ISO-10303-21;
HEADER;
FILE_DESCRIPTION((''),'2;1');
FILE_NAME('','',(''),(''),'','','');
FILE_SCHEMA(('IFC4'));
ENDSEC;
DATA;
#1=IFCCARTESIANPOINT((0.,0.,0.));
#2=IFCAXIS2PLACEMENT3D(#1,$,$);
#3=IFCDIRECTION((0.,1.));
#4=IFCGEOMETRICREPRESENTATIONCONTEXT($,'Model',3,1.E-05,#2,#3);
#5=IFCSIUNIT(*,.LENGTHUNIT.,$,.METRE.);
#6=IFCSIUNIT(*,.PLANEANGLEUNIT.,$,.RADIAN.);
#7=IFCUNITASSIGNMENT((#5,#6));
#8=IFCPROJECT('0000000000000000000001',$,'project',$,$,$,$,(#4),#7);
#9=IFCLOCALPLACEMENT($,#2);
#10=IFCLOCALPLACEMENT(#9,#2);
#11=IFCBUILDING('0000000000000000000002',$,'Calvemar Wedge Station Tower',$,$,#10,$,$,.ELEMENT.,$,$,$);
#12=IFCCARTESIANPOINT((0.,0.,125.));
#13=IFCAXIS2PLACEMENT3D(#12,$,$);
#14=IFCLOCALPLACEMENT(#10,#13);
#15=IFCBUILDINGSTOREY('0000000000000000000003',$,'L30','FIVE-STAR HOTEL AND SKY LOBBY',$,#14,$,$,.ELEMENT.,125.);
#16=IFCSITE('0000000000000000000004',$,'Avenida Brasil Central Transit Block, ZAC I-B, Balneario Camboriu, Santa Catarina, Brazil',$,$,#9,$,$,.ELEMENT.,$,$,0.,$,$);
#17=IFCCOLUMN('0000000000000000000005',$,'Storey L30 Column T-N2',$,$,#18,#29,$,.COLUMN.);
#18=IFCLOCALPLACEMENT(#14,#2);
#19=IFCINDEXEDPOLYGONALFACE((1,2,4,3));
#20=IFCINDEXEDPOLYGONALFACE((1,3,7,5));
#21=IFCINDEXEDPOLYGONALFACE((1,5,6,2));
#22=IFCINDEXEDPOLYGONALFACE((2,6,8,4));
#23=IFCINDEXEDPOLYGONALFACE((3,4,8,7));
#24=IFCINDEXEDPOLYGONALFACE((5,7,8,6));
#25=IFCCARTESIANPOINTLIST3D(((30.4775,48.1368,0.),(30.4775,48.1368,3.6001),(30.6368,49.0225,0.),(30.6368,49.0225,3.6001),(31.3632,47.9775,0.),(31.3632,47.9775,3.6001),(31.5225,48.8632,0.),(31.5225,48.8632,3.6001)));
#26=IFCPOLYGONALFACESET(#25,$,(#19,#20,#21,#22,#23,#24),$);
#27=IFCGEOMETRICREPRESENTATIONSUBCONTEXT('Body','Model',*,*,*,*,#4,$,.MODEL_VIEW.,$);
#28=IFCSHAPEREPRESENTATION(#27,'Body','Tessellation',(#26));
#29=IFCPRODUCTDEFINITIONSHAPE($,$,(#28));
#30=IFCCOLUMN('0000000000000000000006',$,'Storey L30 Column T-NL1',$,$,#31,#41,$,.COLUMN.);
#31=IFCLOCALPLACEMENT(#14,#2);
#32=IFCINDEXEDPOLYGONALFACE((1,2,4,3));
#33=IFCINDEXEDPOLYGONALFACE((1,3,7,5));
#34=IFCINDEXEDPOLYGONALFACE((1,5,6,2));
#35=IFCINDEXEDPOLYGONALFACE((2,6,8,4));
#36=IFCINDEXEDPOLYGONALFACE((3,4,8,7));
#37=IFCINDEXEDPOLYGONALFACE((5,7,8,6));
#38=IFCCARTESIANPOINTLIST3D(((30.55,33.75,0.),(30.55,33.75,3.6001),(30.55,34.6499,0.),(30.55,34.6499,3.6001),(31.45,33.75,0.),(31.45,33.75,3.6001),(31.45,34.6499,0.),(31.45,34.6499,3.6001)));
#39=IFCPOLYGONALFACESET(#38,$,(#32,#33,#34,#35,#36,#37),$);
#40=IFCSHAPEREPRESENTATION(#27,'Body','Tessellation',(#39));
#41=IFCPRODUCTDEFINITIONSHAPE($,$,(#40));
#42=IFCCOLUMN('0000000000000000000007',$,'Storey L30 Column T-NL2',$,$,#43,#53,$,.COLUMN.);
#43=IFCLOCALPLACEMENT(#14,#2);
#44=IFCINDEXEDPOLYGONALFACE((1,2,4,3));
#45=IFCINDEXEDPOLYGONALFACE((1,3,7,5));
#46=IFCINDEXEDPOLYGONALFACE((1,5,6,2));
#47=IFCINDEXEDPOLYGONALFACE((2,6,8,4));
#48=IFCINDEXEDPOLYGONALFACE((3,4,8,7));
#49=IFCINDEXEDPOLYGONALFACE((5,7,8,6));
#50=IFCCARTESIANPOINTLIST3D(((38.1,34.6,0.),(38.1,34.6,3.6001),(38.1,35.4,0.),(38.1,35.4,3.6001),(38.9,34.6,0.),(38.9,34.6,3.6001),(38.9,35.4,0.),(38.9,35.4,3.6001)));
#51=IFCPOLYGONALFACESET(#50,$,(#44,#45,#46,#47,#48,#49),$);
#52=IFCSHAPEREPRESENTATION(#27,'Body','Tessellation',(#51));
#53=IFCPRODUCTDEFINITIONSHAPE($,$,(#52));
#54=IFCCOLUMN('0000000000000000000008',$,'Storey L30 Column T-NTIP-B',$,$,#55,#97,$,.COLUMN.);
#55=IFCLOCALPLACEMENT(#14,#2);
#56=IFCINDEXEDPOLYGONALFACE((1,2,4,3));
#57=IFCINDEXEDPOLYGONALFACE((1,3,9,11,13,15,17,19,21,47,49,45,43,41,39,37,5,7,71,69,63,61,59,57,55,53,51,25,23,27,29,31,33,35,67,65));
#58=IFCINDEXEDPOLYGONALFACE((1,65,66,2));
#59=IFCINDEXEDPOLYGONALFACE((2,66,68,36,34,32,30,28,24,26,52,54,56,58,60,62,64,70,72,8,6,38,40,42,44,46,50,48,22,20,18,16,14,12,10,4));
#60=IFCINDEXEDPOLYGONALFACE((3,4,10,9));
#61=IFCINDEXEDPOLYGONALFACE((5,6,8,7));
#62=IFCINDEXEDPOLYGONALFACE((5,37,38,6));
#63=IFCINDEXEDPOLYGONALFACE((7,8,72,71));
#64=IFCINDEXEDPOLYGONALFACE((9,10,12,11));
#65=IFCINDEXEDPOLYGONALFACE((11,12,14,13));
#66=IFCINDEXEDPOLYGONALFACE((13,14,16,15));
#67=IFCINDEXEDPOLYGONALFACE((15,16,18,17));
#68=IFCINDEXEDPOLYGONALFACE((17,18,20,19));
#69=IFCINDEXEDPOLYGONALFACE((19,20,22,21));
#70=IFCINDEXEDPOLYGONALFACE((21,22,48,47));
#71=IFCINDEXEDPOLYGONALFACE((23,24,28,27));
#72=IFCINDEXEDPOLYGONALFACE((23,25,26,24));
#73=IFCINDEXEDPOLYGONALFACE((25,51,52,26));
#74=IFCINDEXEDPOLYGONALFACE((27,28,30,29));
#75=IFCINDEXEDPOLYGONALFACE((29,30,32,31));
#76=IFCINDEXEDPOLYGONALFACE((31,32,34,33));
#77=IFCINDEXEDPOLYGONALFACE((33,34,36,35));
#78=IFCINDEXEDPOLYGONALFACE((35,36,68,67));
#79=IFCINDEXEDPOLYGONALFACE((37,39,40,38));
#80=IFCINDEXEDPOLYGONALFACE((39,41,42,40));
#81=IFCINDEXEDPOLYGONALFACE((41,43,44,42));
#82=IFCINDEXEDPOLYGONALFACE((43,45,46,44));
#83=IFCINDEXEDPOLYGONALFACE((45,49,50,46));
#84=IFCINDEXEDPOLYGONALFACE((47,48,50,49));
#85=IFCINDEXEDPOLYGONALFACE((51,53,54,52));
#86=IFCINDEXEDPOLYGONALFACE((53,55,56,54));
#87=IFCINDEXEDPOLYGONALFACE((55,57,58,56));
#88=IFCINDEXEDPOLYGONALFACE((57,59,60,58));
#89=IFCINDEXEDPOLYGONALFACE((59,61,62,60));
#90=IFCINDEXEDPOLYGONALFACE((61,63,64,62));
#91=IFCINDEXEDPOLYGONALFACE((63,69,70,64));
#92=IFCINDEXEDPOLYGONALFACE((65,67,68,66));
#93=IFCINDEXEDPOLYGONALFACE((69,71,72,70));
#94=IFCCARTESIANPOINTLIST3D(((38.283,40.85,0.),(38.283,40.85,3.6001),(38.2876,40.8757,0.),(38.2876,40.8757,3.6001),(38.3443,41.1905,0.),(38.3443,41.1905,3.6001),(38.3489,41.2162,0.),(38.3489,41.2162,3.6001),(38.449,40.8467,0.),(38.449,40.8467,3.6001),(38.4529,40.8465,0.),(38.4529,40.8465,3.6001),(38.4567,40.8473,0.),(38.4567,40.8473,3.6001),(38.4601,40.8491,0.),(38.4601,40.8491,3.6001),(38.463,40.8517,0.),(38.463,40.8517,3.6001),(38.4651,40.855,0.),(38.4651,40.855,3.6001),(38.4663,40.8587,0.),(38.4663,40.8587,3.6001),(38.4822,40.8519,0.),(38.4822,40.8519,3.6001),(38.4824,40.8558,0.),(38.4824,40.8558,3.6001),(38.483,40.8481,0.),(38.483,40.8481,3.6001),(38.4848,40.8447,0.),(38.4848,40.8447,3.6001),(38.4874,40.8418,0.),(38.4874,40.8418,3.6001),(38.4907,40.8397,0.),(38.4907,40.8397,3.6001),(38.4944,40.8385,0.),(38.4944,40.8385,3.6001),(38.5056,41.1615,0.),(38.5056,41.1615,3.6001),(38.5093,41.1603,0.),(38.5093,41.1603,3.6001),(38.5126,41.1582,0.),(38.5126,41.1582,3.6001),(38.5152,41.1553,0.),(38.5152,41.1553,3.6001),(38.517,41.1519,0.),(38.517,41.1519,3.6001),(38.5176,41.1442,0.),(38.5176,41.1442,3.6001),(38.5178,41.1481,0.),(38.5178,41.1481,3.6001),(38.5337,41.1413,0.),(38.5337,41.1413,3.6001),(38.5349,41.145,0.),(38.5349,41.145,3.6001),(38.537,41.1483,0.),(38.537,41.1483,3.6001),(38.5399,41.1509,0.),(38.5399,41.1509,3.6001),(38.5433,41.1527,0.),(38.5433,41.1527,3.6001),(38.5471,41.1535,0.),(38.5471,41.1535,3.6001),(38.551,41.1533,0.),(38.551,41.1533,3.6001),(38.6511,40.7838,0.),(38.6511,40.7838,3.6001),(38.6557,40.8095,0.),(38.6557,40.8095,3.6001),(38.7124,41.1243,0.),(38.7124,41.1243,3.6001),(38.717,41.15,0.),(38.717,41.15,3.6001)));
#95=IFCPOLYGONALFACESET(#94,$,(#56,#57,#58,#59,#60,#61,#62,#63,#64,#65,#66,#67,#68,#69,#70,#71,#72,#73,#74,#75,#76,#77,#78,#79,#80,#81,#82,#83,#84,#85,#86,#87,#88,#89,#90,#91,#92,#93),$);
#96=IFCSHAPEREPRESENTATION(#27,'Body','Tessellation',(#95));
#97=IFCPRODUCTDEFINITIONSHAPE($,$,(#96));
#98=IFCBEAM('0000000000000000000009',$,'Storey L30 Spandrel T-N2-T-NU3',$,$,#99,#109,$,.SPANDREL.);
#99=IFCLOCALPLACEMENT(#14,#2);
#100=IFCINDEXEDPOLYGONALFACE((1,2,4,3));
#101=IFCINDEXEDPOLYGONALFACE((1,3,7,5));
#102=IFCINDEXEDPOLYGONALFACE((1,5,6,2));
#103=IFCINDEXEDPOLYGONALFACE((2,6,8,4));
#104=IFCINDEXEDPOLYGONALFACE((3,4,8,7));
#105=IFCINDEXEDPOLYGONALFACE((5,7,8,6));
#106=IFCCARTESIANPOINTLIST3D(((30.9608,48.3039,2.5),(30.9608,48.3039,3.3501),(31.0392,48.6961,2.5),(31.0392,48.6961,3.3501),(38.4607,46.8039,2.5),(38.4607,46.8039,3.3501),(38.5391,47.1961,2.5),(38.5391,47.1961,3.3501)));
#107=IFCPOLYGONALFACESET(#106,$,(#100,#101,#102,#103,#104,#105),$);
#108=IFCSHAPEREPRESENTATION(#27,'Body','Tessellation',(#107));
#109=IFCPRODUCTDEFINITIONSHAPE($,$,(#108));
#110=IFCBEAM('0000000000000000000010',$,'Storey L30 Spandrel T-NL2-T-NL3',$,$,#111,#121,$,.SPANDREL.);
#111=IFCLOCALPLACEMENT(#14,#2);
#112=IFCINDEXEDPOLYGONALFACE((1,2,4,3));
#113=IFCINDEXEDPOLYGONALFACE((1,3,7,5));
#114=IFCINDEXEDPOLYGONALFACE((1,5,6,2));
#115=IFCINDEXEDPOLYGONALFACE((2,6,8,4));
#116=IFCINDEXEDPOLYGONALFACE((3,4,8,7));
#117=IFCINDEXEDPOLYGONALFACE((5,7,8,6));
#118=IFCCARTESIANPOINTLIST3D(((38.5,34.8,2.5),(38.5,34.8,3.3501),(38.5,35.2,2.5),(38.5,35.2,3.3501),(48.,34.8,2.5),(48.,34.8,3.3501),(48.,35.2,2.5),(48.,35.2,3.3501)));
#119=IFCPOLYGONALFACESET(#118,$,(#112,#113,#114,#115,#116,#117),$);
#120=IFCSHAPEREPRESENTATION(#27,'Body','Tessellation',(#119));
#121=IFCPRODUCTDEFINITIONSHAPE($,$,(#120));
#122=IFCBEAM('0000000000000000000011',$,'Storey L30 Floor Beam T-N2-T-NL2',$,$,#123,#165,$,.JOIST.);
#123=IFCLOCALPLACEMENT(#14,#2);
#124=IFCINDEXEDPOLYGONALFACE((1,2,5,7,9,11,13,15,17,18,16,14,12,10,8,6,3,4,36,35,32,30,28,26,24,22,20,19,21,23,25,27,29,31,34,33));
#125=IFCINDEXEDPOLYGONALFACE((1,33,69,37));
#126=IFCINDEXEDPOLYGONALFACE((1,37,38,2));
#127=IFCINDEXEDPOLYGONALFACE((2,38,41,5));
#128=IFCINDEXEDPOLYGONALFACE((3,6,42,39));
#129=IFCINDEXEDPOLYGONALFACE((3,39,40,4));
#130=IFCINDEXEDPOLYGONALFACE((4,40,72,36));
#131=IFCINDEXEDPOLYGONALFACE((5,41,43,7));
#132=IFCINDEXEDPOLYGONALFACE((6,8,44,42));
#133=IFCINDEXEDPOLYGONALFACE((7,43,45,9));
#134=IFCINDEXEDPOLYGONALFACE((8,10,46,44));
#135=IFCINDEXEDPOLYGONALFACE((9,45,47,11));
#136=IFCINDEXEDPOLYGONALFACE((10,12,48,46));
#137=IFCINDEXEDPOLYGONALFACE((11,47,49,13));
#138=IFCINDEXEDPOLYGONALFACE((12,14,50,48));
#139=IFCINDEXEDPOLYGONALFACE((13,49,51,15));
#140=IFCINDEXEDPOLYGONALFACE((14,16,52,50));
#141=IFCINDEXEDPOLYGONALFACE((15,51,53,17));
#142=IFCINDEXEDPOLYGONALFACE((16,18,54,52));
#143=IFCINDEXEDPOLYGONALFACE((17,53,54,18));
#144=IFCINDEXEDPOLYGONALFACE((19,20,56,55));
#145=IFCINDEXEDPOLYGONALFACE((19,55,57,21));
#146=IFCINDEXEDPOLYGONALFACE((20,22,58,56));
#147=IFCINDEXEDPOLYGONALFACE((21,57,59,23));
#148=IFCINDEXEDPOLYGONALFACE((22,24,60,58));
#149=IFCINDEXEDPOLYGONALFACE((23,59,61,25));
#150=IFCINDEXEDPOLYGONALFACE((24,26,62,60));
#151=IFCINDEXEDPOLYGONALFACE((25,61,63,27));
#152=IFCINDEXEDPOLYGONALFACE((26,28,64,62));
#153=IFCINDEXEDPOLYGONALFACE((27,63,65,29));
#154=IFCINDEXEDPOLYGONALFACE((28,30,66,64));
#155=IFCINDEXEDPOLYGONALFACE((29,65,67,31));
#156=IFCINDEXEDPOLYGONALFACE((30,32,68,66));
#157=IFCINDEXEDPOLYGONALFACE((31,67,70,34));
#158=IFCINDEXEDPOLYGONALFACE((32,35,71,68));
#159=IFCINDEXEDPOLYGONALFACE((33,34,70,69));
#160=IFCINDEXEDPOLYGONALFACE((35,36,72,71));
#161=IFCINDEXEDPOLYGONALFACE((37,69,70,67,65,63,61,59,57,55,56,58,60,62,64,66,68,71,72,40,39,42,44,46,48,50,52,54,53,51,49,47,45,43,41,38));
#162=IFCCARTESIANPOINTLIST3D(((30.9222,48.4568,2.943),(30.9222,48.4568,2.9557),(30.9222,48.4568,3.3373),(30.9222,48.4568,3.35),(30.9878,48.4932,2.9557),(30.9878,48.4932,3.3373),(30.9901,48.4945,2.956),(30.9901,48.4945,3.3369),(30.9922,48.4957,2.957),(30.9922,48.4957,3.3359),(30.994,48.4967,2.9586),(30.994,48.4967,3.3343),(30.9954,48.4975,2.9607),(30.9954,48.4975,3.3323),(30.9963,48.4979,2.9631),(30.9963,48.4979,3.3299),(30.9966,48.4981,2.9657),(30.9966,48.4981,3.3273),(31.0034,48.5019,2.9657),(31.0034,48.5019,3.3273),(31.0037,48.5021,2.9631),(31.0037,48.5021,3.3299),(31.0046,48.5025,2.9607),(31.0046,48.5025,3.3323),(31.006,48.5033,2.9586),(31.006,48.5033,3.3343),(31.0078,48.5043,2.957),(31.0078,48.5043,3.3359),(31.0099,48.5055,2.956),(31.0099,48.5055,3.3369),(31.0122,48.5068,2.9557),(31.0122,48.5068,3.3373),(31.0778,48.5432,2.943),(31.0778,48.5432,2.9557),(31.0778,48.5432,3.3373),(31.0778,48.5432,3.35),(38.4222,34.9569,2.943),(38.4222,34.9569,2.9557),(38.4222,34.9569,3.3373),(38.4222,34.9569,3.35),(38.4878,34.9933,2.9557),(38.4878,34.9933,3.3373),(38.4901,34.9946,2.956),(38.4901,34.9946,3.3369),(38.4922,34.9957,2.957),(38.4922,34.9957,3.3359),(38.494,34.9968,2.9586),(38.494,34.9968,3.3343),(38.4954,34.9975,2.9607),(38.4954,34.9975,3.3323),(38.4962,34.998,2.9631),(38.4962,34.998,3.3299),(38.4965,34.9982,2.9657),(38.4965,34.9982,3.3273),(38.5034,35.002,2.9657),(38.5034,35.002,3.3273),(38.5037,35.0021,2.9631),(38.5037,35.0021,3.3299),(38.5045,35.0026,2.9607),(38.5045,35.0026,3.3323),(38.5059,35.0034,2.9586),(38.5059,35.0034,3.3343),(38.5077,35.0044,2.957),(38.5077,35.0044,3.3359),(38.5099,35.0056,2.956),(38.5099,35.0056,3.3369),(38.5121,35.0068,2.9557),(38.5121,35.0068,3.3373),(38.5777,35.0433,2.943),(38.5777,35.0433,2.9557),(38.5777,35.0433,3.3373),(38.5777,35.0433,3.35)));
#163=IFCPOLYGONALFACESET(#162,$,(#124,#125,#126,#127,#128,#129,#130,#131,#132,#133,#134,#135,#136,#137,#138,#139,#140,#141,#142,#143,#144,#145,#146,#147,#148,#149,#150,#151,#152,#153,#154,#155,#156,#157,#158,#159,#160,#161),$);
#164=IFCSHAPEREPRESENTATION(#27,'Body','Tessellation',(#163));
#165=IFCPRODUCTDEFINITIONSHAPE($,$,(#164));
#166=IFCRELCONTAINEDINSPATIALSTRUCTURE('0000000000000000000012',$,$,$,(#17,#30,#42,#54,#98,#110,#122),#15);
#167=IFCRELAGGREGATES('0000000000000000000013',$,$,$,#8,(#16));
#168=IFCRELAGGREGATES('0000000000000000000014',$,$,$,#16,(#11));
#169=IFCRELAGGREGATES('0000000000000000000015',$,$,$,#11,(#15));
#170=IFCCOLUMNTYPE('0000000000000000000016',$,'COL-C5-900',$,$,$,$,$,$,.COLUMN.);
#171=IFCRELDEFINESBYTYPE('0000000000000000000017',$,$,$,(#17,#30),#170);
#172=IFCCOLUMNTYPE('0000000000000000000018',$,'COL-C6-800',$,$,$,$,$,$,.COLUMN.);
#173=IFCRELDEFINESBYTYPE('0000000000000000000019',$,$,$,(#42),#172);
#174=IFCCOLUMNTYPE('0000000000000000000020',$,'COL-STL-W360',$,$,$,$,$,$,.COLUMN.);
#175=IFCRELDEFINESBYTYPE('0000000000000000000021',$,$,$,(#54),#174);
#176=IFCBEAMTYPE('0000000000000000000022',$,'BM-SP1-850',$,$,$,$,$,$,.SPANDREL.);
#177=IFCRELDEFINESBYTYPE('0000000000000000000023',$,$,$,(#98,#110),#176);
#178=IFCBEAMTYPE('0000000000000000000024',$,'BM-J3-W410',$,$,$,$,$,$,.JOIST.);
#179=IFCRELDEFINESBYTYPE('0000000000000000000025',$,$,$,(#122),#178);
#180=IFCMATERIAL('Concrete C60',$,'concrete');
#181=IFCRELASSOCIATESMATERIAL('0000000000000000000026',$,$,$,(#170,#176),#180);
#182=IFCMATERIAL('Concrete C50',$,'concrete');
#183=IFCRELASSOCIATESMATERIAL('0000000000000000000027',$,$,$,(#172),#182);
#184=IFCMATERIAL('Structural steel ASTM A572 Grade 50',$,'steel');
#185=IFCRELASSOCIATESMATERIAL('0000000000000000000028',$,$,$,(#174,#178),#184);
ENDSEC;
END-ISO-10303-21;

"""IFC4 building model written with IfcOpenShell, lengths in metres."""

from ifc_helpers import new_model, si_unit, direction, frame, origin, origin_2d, place, context, subcontext, project, spatial, rectangle, i_section, extrude, source, transform, mapped, material, material_profile, profile_set, type_object, element, save


model = new_model("IFC4")

# Units and contexts
model_context = context("Model", 3, precision=1e-05, world=origin(), true_north=direction((0.0, 1.0)))
body_context = subcontext(model_context, "Body", "Model", "MODEL_VIEW")
ifc_project = project(units=[si_unit("LENGTHUNIT", "METRE"), si_unit("PLANEANGLEUNIT", "RADIAN")], contexts=[model_context])

# Site, building, storey
site_placement = place(None, origin())
site = spatial("IfcSite", under=ifc_project, at=site_placement, Name="Avenida Brasil Central Transit Block, ZAC I-B, Balneario Camboriu, Santa Catarina, Brazil", CompositionType="ELEMENT", RefElevation=0.0)
building_placement = place(site_placement, origin())
building = spatial("IfcBuilding", under=site, at=building_placement, Name="Calvemar Wedge Station Tower", CompositionType="ELEMENT")
storey_placement = place(building_placement, frame((0.0, 0.0, 125.0)))
storey = spatial("IfcBuildingStorey", under=building, at=storey_placement, Name="L30", Description="FIVE-STAR HOTEL AND SKY LOBBY", CompositionType="ELEMENT", Elevation=125.0)

# Columns
ifc_material_1 = material(Name="Concrete C60", Category="concrete")
ifc_material_profile_1 = material_profile(ifc_material_1, rectangle(XDim=0.8999, YDim=0.8999, at=origin_2d()), Name="RC900x900")
ifc_profile_set_1 = profile_set([ifc_material_profile_1], Name="Concrete C60")
column_type_1 = type_object("IfcColumnType", Name="COL-C5-900", PredefinedType="COLUMN", material=ifc_profile_set_1)
shared_shape_1 = source(origin(), body_context, "Body", "SweptSolid", [
    extrude(rectangle(XDim=0.8999, YDim=0.8999, at=origin_2d()), origin(), (0.0, 0.0, 1.0), 3.6001),
])
for number, where, z_axis, x_axis, name in (
    (1, (31.0, 48.5, 0.0), (0.0, 0.0, 1.0), (0.984196, -0.177085, 0.0), "Storey L30 Column T-N2"),
    (2, (31.0, 34.2, 0.0), (0.0, 0.0, 1.0), (1.0, 0.0, 0.0), "Storey L30 Column T-NL1"),
):
    element("IfcColumn", number, at=place(storey_placement, frame(where, z_axis=z_axis, x_axis=x_axis)), inside=storey, type_object=column_type_1, Name=name, PredefinedType="COLUMN", context=body_context, shape_type="MappedRepresentation", body=[
        mapped(shared_shape_1, transform((0.0, 0.0, 0.0), scale=1.0)),
    ])
ifc_material_2 = material(Name="Concrete C50", Category="concrete")
ifc_material_profile_2 = material_profile(ifc_material_2, rectangle(XDim=0.8, YDim=0.8, at=origin_2d()), Name="RC800x800")
ifc_profile_set_2 = profile_set([ifc_material_profile_2], Name="Concrete C50")
column_type_2 = type_object("IfcColumnType", Name="COL-C6-800", PredefinedType="COLUMN", material=ifc_profile_set_2)
shared_shape_2 = source(origin(), body_context, "Body", "SweptSolid", [
    extrude(rectangle(XDim=0.8, YDim=0.8, at=origin_2d()), origin(), (0.0, 0.0, 1.0), 3.6001),
])
column_1_placement = place(storey_placement, frame((38.5, 35.0, 0.0), z_axis=(0.0, 0.0, 1.0), x_axis=(1.0, 0.0, 0.0)))
element("IfcColumn", 3, at=column_1_placement, inside=storey, type_object=column_type_2, Name="Storey L30 Column T-NL2", PredefinedType="COLUMN", context=body_context, shape_type="MappedRepresentation", body=[
    mapped(shared_shape_2, transform((0.0, 0.0, 0.0), scale=1.0)),
])
ifc_material_3 = material(Name="Structural steel ASTM A572 Grade 50", Category="steel")
ifc_material_profile_3 = material_profile(ifc_material_3, i_section(OverallWidth=0.374, OverallDepth=0.3721, WebThickness=0.0164, FlangeThickness=0.0261, FilletRadius=0.0149, at=origin_2d()), Name="W360x196")
ifc_profile_set_3 = profile_set([ifc_material_profile_3], Name="Structural steel ASTM A572 Grade 50")
column_type_3 = type_object("IfcColumnType", Name="COL-STL-W360", PredefinedType="COLUMN", material=ifc_profile_set_3)
shared_shape_3 = source(origin(), body_context, "Body", "SweptSolid", [
    extrude(i_section(OverallWidth=0.374, OverallDepth=0.3721, WebThickness=0.0164, FlangeThickness=0.0261, FilletRadius=0.0149, at=origin_2d()), origin(), (0.0, 0.0, 1.0), 3.6001),
])
column_2_placement = place(storey_placement, frame((38.5, 41.0, 0.0), z_axis=(0.0, 0.0, 1.0), x_axis=(0.984196, -0.177085, 0.0)))
element("IfcColumn", 4, at=column_2_placement, inside=storey, type_object=column_type_3, Name="Storey L30 Column T-NTIP-B", PredefinedType="COLUMN", context=body_context, shape_type="MappedRepresentation", body=[
    mapped(shared_shape_3, transform((0.0, 0.0, 0.0), scale=1.0)),
])

# Beams
ifc_material_profile_4 = material_profile(ifc_material_1, rectangle(XDim=0.3999, YDim=0.8501, at=origin_2d()), Name="RC400x850")
ifc_profile_set_4 = profile_set([ifc_material_profile_4], Name="Concrete C60")
beam_type_1 = type_object("IfcBeamType", Name="BM-SP1-850", PredefinedType="SPANDREL", material=ifc_profile_set_4)
shared_shape_4 = source(origin(), body_context, "Body", "SweptSolid", [
    extrude(rectangle(XDim=0.3999, YDim=0.8501, at=origin_2d()), origin(), (0.0, 0.0, 1.0), 7.6484),
])
beam_1_placement = place(storey_placement, frame((31.0, 48.5, 2.925), z_axis=(0.980581, -0.196116, 0.0), x_axis=(0.196116, 0.980581, 0.0)))
element("IfcBeam", 5, at=beam_1_placement, inside=storey, type_object=beam_type_1, Name="Storey L30 Spandrel T-N2-T-NU3", PredefinedType="SPANDREL", context=body_context, shape_type="MappedRepresentation", body=[
    mapped(shared_shape_4, transform((0.0, 0.0, 0.0), scale=1.0)),
])
shared_shape_5 = source(origin(), body_context, "Body", "SweptSolid", [
    extrude(rectangle(XDim=0.3999, YDim=0.8501, at=origin_2d()), origin(), (0.0, 0.0, 1.0), 9.5),
])
beam_2_placement = place(storey_placement, frame((38.5, 35.0, 2.925), z_axis=(1.0, 0.0, 0.0), x_axis=(0.0, 1.0, 0.0)))
element("IfcBeam", 6, at=beam_2_placement, inside=storey, type_object=beam_type_1, Name="Storey L30 Spandrel T-NL2-T-NL3", PredefinedType="SPANDREL", context=body_context, shape_type="MappedRepresentation", body=[
    mapped(shared_shape_5, transform((0.0, 0.0, 0.0), scale=1.0)),
])
ifc_material_profile_5 = material_profile(ifc_material_3, i_section(OverallWidth=0.178, OverallDepth=0.407, WebThickness=0.0078, FlangeThickness=0.0127, FilletRadius=0.01, at=origin_2d()), Name="W410x60")
ifc_profile_set_5 = profile_set([ifc_material_profile_5], Name="Structural steel ASTM A572 Grade 50")
beam_type_2 = type_object("IfcBeamType", Name="BM-J3-W410", PredefinedType="JOIST", material=ifc_profile_set_5)
shared_shape_6 = source(origin(), body_context, "Body", "SweptSolid", [
    extrude(i_section(OverallWidth=0.178, OverallDepth=0.407, WebThickness=0.0078, FlangeThickness=0.0127, FilletRadius=0.01, at=origin_2d()), origin(), (0.0, 0.0, 1.0), 15.4434),
])
beam_3_placement = place(storey_placement, frame((31.0, 48.5, 3.1465), z_axis=(0.485643, -0.874157, 0.0), x_axis=(0.874157, 0.485643, 0.0)))
element("IfcBeam", 7, at=beam_3_placement, inside=storey, type_object=beam_type_2, Name="Storey L30 Floor Beam T-N2-T-NL2", PredefinedType="JOIST", context=body_context, shape_type="MappedRepresentation", body=[
    mapped(shared_shape_6, transform((0.0, 0.0, 0.0), scale=1.0)),
])

save(model, "model.ifc")
